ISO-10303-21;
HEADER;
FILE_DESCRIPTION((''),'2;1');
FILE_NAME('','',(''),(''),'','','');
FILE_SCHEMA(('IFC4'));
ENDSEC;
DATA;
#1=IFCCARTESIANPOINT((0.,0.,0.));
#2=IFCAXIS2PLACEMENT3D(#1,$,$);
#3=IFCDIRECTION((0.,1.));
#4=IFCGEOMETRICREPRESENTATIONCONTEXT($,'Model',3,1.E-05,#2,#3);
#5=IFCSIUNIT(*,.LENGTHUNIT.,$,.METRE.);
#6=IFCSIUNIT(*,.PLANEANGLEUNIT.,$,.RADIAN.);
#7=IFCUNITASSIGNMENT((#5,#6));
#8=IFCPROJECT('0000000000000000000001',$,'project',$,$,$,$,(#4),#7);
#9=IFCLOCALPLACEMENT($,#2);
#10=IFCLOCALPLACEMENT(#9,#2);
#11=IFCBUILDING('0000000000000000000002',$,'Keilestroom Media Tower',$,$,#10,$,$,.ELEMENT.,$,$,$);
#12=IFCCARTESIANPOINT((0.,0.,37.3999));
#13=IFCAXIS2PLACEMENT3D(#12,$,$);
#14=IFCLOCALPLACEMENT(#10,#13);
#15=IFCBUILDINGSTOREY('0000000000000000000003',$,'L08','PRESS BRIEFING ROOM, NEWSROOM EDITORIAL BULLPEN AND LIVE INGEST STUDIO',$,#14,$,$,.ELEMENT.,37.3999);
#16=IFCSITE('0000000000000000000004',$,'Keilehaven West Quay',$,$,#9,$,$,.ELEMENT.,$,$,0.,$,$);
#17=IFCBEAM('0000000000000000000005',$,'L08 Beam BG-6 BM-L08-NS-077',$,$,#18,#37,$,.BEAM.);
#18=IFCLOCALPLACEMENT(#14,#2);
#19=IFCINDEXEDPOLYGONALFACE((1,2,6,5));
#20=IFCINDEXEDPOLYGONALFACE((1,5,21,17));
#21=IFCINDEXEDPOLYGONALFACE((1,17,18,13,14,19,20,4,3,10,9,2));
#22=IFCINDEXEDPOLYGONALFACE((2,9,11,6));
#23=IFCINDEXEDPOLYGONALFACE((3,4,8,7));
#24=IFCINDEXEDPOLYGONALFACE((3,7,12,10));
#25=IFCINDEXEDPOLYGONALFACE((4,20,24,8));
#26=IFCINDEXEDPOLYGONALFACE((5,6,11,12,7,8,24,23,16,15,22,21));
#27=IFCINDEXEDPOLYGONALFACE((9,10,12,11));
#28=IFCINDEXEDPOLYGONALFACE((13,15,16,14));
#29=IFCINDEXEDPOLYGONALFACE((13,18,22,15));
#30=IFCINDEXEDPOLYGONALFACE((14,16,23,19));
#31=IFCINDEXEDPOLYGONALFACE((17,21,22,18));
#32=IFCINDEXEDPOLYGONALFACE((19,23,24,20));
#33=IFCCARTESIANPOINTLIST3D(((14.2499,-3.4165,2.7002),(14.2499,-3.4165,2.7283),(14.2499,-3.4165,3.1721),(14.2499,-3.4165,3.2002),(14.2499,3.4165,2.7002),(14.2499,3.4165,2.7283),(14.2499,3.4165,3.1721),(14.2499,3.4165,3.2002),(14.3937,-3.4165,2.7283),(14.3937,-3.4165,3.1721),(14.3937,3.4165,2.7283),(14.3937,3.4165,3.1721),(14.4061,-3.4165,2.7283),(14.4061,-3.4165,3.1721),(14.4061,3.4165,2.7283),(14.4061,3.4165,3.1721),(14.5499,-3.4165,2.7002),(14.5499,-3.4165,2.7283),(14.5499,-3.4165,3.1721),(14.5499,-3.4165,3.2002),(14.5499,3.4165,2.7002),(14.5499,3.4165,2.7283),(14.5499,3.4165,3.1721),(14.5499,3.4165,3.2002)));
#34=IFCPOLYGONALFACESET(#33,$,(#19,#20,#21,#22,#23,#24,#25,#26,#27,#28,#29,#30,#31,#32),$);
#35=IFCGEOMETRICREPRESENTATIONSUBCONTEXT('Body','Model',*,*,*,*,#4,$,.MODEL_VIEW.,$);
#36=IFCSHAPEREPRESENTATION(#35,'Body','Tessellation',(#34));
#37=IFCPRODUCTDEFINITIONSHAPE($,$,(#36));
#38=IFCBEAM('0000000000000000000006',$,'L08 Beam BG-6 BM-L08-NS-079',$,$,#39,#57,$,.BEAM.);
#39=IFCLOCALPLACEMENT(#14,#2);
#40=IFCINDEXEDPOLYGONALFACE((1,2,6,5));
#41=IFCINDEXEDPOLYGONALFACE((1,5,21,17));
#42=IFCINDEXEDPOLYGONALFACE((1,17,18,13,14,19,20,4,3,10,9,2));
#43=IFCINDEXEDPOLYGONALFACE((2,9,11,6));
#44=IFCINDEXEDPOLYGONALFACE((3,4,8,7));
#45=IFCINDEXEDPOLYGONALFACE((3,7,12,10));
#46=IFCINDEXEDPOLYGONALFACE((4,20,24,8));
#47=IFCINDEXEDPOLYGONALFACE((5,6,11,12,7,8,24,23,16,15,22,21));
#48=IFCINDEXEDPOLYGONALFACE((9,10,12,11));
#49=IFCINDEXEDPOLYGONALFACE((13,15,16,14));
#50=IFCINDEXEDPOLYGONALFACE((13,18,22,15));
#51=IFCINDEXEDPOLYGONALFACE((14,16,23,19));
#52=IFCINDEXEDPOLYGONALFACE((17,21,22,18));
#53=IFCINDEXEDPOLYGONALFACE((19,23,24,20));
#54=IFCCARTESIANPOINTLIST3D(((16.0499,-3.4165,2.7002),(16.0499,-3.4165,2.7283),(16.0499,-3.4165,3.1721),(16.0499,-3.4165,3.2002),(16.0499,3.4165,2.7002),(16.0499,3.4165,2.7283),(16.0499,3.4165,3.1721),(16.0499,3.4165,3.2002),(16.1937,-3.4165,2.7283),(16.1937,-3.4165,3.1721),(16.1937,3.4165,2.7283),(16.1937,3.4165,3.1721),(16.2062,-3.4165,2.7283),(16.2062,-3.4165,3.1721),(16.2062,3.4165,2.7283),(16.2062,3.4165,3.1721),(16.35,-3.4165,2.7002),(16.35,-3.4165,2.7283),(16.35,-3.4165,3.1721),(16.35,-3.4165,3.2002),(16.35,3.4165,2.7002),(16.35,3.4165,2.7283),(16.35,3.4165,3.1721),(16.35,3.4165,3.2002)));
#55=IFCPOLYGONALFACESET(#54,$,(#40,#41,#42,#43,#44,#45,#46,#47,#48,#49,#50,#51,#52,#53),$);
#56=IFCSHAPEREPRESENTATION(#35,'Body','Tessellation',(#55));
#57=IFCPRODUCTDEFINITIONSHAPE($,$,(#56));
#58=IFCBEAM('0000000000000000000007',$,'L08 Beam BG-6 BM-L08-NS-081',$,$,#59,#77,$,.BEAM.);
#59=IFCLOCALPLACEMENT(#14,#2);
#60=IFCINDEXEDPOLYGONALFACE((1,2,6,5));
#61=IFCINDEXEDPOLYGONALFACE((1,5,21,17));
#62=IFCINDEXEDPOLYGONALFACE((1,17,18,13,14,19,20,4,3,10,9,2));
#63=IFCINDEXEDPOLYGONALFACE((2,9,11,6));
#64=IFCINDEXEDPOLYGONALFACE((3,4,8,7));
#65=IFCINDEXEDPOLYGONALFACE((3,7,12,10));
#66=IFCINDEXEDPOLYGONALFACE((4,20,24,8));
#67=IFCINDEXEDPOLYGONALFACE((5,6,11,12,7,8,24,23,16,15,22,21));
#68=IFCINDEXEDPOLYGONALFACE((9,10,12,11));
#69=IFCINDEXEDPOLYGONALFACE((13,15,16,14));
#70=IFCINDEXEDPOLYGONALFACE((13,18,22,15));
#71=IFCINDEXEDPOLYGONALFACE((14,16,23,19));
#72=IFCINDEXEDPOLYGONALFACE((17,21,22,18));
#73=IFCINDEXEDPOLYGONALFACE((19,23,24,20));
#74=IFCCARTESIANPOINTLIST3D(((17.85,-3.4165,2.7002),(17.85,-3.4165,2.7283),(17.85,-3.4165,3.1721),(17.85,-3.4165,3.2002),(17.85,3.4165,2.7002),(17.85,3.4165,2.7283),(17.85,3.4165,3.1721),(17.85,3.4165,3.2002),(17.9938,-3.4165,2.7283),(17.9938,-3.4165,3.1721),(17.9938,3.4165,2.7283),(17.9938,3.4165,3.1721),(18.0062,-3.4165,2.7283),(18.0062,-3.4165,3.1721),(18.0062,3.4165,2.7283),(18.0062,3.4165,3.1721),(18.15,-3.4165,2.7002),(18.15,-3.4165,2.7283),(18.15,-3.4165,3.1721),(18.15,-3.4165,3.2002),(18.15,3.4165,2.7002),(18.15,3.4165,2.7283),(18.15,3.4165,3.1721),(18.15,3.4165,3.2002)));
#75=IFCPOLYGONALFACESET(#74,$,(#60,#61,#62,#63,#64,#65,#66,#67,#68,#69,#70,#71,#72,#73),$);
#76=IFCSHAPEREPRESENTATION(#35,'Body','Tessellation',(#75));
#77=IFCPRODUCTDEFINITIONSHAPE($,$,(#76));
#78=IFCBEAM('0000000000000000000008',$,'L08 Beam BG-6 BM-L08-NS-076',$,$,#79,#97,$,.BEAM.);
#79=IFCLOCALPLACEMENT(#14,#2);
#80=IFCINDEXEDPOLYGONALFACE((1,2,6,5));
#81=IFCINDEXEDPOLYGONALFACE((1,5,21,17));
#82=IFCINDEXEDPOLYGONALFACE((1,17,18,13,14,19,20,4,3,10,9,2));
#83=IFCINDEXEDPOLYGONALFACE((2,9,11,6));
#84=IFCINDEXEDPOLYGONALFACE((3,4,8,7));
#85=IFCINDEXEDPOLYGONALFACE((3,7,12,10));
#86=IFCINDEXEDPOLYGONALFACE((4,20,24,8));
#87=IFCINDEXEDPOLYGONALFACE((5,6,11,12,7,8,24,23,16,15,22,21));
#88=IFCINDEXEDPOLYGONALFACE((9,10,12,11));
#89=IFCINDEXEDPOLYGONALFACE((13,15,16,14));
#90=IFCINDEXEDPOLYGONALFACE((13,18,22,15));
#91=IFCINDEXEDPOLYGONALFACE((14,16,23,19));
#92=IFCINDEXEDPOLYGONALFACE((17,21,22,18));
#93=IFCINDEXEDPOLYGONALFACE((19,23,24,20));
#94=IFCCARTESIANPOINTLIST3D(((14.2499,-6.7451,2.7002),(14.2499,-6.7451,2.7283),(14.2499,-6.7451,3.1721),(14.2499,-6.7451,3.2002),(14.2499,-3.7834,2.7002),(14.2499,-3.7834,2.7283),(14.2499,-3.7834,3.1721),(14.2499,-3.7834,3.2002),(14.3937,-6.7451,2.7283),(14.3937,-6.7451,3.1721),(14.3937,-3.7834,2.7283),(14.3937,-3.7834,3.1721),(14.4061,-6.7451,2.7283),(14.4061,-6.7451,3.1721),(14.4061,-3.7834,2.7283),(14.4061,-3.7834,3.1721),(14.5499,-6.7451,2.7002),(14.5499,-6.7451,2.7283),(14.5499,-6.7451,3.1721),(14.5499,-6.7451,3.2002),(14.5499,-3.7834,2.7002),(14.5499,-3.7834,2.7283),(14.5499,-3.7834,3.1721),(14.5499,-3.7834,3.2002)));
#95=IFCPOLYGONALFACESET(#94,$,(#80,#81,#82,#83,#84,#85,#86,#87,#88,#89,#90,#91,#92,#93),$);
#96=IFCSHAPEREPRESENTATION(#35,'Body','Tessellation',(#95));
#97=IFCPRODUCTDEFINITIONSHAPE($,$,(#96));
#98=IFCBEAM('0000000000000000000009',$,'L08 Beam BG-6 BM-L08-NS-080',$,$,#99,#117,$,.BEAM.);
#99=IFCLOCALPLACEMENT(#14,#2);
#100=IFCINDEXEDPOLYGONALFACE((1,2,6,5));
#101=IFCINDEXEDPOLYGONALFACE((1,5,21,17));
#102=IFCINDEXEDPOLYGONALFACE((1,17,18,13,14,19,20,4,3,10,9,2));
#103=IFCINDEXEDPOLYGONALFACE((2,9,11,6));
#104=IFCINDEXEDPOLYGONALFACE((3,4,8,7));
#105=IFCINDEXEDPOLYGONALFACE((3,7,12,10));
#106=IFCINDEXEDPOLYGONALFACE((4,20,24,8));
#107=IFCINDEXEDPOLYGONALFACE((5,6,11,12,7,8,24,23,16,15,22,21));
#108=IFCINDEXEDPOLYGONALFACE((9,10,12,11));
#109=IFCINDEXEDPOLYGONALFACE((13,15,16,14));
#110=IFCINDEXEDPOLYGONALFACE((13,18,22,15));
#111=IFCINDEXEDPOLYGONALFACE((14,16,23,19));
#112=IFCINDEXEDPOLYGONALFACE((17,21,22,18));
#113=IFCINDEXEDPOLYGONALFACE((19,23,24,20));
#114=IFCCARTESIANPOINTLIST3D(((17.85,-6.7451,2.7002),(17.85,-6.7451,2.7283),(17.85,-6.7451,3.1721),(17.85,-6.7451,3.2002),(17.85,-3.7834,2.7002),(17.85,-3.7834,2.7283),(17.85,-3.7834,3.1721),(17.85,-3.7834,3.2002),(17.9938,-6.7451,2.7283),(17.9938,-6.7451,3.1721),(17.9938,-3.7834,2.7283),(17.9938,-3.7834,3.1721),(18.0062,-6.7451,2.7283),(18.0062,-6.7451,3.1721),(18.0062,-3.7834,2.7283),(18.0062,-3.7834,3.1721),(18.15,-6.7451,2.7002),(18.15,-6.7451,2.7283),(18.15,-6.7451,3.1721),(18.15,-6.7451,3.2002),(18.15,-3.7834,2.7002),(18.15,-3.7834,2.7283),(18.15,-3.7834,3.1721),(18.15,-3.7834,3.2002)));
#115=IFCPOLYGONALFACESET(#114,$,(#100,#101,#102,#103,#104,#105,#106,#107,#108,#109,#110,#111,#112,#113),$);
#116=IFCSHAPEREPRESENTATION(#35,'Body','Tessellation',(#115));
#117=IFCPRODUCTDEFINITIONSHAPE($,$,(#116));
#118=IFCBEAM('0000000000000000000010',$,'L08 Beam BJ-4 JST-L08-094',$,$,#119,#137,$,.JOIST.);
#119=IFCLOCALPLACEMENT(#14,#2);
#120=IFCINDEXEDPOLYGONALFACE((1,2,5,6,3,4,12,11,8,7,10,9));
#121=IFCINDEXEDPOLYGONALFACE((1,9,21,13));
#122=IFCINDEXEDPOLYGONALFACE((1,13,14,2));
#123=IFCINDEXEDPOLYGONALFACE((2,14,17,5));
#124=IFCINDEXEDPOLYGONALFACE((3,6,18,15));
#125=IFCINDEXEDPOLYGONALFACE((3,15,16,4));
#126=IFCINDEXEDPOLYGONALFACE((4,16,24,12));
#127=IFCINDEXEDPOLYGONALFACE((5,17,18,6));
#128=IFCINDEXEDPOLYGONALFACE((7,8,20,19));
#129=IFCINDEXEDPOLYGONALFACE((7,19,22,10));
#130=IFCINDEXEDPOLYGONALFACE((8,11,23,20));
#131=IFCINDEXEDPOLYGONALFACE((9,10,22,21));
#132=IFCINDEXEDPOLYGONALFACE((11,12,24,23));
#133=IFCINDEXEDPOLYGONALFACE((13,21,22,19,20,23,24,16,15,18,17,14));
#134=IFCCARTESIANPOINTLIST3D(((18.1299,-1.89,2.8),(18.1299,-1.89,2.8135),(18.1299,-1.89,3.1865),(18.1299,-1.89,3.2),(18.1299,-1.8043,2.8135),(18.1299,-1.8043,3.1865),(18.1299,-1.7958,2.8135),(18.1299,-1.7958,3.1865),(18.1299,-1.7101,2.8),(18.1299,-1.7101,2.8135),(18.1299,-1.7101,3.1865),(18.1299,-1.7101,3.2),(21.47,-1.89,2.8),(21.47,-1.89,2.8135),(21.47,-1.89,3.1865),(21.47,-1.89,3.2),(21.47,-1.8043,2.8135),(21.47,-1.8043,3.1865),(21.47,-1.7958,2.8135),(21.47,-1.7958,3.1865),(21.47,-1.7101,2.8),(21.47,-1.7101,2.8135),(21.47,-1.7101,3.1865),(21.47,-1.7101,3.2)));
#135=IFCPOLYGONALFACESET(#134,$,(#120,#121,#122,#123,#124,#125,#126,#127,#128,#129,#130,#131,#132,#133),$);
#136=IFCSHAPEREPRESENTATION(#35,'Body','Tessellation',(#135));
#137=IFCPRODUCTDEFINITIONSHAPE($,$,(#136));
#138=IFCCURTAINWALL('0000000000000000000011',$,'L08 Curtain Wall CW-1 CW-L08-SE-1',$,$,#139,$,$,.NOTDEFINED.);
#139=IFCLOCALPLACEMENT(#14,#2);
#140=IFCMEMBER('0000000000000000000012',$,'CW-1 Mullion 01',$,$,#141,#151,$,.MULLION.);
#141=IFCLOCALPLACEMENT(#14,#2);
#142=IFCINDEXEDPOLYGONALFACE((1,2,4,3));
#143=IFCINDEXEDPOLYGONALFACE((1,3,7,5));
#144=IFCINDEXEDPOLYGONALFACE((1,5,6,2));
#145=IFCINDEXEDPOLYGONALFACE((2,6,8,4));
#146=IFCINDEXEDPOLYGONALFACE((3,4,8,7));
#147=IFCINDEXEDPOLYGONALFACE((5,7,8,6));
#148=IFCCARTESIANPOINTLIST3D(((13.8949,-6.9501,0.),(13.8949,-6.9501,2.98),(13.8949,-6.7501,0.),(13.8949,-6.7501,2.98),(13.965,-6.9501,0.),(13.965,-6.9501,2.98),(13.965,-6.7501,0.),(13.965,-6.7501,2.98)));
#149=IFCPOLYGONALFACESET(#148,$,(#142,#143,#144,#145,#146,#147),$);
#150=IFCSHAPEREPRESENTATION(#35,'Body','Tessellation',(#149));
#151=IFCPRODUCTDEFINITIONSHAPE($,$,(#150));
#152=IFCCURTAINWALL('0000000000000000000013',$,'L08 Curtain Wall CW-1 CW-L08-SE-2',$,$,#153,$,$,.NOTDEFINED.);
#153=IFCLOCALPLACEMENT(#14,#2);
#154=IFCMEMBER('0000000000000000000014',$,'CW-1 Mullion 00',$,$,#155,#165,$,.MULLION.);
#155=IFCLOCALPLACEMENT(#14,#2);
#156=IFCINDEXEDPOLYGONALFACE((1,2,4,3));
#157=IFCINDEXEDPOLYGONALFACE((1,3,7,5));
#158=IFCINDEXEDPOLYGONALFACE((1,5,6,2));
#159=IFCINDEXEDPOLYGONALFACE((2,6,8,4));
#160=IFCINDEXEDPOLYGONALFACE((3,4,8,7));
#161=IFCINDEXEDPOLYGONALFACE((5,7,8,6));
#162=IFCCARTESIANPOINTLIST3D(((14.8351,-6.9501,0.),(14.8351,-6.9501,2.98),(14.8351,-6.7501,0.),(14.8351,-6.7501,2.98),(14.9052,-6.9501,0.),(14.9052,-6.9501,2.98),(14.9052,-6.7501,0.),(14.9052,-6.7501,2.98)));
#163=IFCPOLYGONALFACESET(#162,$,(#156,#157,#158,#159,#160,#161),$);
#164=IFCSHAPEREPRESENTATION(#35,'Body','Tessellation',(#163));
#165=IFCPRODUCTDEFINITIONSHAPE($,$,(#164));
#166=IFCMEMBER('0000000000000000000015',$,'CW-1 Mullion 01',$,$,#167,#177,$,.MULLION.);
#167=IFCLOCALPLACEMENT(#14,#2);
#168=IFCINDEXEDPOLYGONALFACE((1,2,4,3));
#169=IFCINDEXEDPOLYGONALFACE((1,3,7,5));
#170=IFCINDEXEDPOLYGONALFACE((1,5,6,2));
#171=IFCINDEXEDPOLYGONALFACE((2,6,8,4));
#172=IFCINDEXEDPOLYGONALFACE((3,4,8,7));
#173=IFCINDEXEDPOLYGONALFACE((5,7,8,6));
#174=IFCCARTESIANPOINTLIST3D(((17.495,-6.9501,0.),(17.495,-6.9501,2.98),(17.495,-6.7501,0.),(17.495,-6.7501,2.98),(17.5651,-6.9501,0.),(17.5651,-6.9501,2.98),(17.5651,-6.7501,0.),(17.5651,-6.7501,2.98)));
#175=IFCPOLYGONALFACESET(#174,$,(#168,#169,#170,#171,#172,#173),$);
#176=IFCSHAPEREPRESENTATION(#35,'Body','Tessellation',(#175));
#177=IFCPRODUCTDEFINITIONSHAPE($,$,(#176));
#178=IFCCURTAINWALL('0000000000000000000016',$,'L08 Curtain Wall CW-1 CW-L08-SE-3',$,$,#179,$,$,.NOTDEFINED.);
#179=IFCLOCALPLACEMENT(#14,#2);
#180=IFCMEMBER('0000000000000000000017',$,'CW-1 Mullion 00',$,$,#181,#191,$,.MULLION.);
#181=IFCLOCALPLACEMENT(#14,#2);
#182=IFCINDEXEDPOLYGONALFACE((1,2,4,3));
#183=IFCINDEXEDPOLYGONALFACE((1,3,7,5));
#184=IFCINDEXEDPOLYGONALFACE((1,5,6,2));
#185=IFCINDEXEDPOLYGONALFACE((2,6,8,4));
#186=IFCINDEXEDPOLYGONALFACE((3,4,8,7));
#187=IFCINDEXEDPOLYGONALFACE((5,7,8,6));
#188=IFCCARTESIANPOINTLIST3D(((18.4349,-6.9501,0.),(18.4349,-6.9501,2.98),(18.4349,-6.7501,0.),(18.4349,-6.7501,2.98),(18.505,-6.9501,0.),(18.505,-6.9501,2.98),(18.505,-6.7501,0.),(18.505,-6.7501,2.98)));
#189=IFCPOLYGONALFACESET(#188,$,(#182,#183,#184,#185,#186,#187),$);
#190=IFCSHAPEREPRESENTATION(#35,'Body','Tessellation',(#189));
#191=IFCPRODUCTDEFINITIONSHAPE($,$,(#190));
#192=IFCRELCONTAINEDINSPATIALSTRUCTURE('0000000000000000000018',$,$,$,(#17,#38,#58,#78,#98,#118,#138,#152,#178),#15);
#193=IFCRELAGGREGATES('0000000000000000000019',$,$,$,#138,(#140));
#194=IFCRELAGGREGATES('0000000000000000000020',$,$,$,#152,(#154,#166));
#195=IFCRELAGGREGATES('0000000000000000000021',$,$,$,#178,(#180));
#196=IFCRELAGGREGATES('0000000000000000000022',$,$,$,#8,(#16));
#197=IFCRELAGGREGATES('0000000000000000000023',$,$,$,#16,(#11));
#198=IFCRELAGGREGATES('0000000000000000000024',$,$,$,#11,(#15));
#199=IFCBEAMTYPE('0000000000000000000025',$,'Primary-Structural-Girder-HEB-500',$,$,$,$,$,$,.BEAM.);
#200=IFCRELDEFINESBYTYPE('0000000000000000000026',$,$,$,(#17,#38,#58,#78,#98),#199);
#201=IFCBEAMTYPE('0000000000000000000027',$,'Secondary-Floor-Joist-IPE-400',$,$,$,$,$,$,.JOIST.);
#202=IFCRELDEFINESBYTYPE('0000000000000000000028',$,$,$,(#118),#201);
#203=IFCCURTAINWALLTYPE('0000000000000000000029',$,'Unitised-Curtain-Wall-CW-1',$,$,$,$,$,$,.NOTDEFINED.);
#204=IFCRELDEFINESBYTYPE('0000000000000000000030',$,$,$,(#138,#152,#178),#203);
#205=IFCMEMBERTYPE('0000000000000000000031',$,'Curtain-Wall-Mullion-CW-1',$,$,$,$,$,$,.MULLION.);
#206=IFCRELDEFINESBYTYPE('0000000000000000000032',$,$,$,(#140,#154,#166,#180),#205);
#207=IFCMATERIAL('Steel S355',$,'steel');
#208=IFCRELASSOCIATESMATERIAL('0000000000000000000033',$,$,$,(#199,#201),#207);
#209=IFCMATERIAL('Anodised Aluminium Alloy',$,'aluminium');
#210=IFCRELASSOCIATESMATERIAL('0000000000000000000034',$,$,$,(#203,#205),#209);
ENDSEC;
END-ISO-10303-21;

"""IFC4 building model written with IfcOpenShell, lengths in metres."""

from ifc_helpers import new_model, si_unit, direction, frame, origin, origin_2d, place, context, subcontext, project, spatial, rectangle, i_section, extrude, source, transform, mapped, material, material_profile, profile_set, type_object, element, aggregate, save


model = new_model("IFC4")

# Units and contexts
model_context = context("Model", 3, precision=1e-05, world=origin(), true_north=direction((0.0, 1.0)))
body_context = subcontext(model_context, "Body", "Model", "MODEL_VIEW")
ifc_project = project(units=[si_unit("LENGTHUNIT", "METRE"), si_unit("PLANEANGLEUNIT", "RADIAN")], contexts=[model_context])

# Site, building, storey
site_placement = place(None, origin())
site = spatial("IfcSite", under=ifc_project, at=site_placement, Name="Keilehaven West Quay", CompositionType="ELEMENT", RefElevation=0.0)
building_placement = place(site_placement, origin())
building = spatial("IfcBuilding", under=site, at=building_placement, Name="Keilestroom Media Tower", CompositionType="ELEMENT")
storey_placement = place(building_placement, frame((0.0, 0.0, 37.3999)))
storey = spatial("IfcBuildingStorey", under=building, at=storey_placement, Name="L08", Description="PRESS BRIEFING ROOM, NEWSROOM EDITORIAL BULLPEN AND LIVE INGEST STUDIO", CompositionType="ELEMENT", Elevation=37.3999)

# Beams
ifc_material_1 = material(Name="Steel S355", Category="steel")
ifc_material_profile_1 = material_profile(ifc_material_1, i_section(OverallWidth=0.3, OverallDepth=0.5, WebThickness=0.0125, FlangeThickness=0.0281, at=origin_2d()), Name="HEB 500")
ifc_profile_set_1 = profile_set([ifc_material_profile_1], Name="Steel S355")
beam_type_1 = type_object("IfcBeamType", Name="Primary-Structural-Girder-HEB-500", PredefinedType="BEAM", material=ifc_profile_set_1)
shared_shape_1 = source(origin(), body_context, "Body", "SweptSolid", [
    extrude(i_section(OverallWidth=0.3, OverallDepth=0.5, WebThickness=0.0125, FlangeThickness=0.0281, at=origin_2d()), origin(), (0.0, 0.0, 1.0), 6.833),
])
for number, where, z_axis, x_axis, name in (
    (1, (14.3999, -3.4165, 2.9502), (0.0, 1.0, 0.0), (-1.0, 0.0, 0.0), "L08 Beam BG-6 BM-L08-NS-077"),
    (2, (16.2, -3.4165, 2.9502), (0.0, 1.0, 0.0), (-1.0, 0.0, 0.0), "L08 Beam BG-6 BM-L08-NS-079"),
    (3, (18.0, -3.4165, 2.9502), (0.0, 1.0, 0.0), (-1.0, 0.0, 0.0), "L08 Beam BG-6 BM-L08-NS-081"),
):
    element("IfcBeam", number, at=place(storey_placement, frame(where, z_axis=z_axis, x_axis=x_axis)), inside=storey, type_object=beam_type_1, Name=name, PredefinedType="BEAM", context=body_context, shape_type="MappedRepresentation", body=[
        mapped(shared_shape_1, transform((0.0, 0.0, 0.0), x_axis=(1.0, 0.0, 0.0), y_axis=(0.0, 1.0, 0.0), z_axis=(0.0, 0.0, 1.0), scale=1.0)),
    ])
shared_shape_2 = source(origin(), body_context, "Body", "SweptSolid", [
    extrude(i_section(OverallWidth=0.3, OverallDepth=0.5, WebThickness=0.0125, FlangeThickness=0.0281, at=origin_2d()), origin(), (0.0, 0.0, 1.0), 2.9617),
])
for number, where, z_axis, x_axis, name in (
    (4, (14.3999, -6.7451, 2.9502), (0.0, 1.0, 0.0), (-1.0, 0.0, 0.0), "L08 Beam BG-6 BM-L08-NS-076"),
    (5, (18.0, -6.7451, 2.9502), (0.0, 1.0, 0.0), (-1.0, 0.0, 0.0), "L08 Beam BG-6 BM-L08-NS-080"),
):
    element("IfcBeam", number, at=place(storey_placement, frame(where, z_axis=z_axis, x_axis=x_axis)), inside=storey, type_object=beam_type_1, Name=name, PredefinedType="BEAM", context=body_context, shape_type="MappedRepresentation", body=[
        mapped(shared_shape_2, transform((0.0, 0.0, 0.0), x_axis=(1.0, 0.0, 0.0), y_axis=(0.0, 1.0, 0.0), z_axis=(0.0, 0.0, 1.0), scale=1.0)),
    ])
ifc_material_profile_2 = material_profile(ifc_material_1, i_section(OverallWidth=0.1799, OverallDepth=0.3999, WebThickness=0.0085, FlangeThickness=0.0134, at=origin_2d()), Name="IPE 400")
ifc_profile_set_2 = profile_set([ifc_material_profile_2], Name="Steel S355")
beam_type_2 = type_object("IfcBeamType", Name="Secondary-Floor-Joist-IPE-400", PredefinedType="JOIST", material=ifc_profile_set_2)
shared_shape_3 = source(origin(), body_context, "Body", "SweptSolid", [
    extrude(i_section(OverallWidth=0.1799, OverallDepth=0.3999, WebThickness=0.0085, FlangeThickness=0.0134, at=origin_2d()), origin(), (0.0, 0.0, 1.0), 3.3401),
])
beam_1_placement = place(storey_placement, frame((18.1299, -1.8, 3.0), z_axis=(1.0, 0.0, 0.0), x_axis=(0.0, 1.0, 0.0)))
element("IfcBeam", 6, at=beam_1_placement, inside=storey, type_object=beam_type_2, Name="L08 Beam BJ-4 JST-L08-094", PredefinedType="JOIST", context=body_context, shape_type="MappedRepresentation", body=[
    mapped(shared_shape_3, transform((0.0, 0.0, 0.0), x_axis=(1.0, 0.0, 0.0), y_axis=(0.0, 1.0, 0.0), z_axis=(0.0, 0.0, 1.0), scale=1.0)),
])

# Curtain wall, member
ifc_material_2 = material(Name="Anodised Aluminium Alloy", Category="aluminium")
curtain_wall_type = type_object("IfcCurtainWallType", Name="Unitised-Curtain-Wall-CW-1", PredefinedType="NOTDEFINED", material=ifc_material_2)
curtain_wall_1_placement = place(storey_placement, origin())
curtain_wall_1 = element("IfcCurtainWall", 7, at=curtain_wall_1_placement, inside=storey, type_object=curtain_wall_type, Name="L08 Curtain Wall CW-1 CW-L08-SE-1", PredefinedType="NOTDEFINED")
ifc_material_profile_3 = material_profile(ifc_material_2, rectangle(XDim=0.0701, YDim=0.2, at=origin_2d()), Name="ALU MULLION 70x200")
ifc_profile_set_3 = profile_set([ifc_material_profile_3], Name="Anodised Aluminium Alloy")
member_type_1 = type_object("IfcMemberType", Name="Curtain-Wall-Mullion-CW-1", PredefinedType="MULLION", material=ifc_profile_set_3)
shared_shape_4 = source(origin(), body_context, "Body", "SweptSolid", [
    extrude(rectangle(XDim=0.0701, YDim=0.2, at=origin_2d()), origin(), (0.0, 0.0, 1.0), 2.98),
])
member_1_placement = place(storey_placement, frame((13.9299, -6.8501, 0.0), z_axis=(0.0, 0.0, 1.0), x_axis=(1.0, 0.0, 0.0)))
member_1 = element("IfcMember", 8, at=member_1_placement, type_object=member_type_1, Name="CW-1 Mullion 01", PredefinedType="MULLION", context=body_context, shape_type="MappedRepresentation", body=[
    mapped(shared_shape_4, transform((0.0, 0.0, 0.0), x_axis=(1.0, 0.0, 0.0), y_axis=(0.0, 1.0, 0.0), z_axis=(0.0, 0.0, 1.0), scale=1.0)),
])
aggregate(curtain_wall_1, [member_1])

# Curtain walls, members
curtain_wall_2_placement = place(storey_placement, origin())
curtain_wall_2 = element("IfcCurtainWall", 9, at=curtain_wall_2_placement, inside=storey, type_object=curtain_wall_type, Name="L08 Curtain Wall CW-1 CW-L08-SE-2", PredefinedType="NOTDEFINED")
member_2_placement = place(storey_placement, frame((14.8701, -6.8501, 0.0), z_axis=(0.0, 0.0, 1.0), x_axis=(1.0, 0.0, 0.0)))
member_2 = element("IfcMember", 10, at=member_2_placement, type_object=member_type_1, Name="CW-1 Mullion 00", PredefinedType="MULLION", context=body_context, shape_type="MappedRepresentation", body=[
    mapped(shared_shape_4, transform((0.0, 0.0, 0.0), x_axis=(1.0, 0.0, 0.0), y_axis=(0.0, 1.0, 0.0), z_axis=(0.0, 0.0, 1.0), scale=1.0)),
])
member_3_placement = place(storey_placement, frame((17.53, -6.8501, 0.0), z_axis=(0.0, 0.0, 1.0), x_axis=(1.0, 0.0, 0.0)))
member_3 = element("IfcMember", 11, at=member_3_placement, type_object=member_type_1, Name="CW-1 Mullion 01", PredefinedType="MULLION", context=body_context, shape_type="MappedRepresentation", body=[
    mapped(shared_shape_4, transform((0.0, 0.0, 0.0), x_axis=(1.0, 0.0, 0.0), y_axis=(0.0, 1.0, 0.0), z_axis=(0.0, 0.0, 1.0), scale=1.0)),
])
curtain_wall_3_placement = place(storey_placement, origin())
curtain_wall_3 = element("IfcCurtainWall", 12, at=curtain_wall_3_placement, inside=storey, type_object=curtain_wall_type, Name="L08 Curtain Wall CW-1 CW-L08-SE-3", PredefinedType="NOTDEFINED")
member_4_placement = place(storey_placement, frame((18.47, -6.8501, 0.0), z_axis=(0.0, 0.0, 1.0), x_axis=(1.0, 0.0, 0.0)))
member_4 = element("IfcMember", 13, at=member_4_placement, type_object=member_type_1, Name="CW-1 Mullion 00", PredefinedType="MULLION", context=body_context, shape_type="MappedRepresentation", body=[
    mapped(shared_shape_4, transform((0.0, 0.0, 0.0), x_axis=(1.0, 0.0, 0.0), y_axis=(0.0, 1.0, 0.0), z_axis=(0.0, 0.0, 1.0), scale=1.0)),
])

aggregate(curtain_wall_2, [member_2, member_3])
aggregate(curtain_wall_3, [member_4])

save(model, "model.ifc")
